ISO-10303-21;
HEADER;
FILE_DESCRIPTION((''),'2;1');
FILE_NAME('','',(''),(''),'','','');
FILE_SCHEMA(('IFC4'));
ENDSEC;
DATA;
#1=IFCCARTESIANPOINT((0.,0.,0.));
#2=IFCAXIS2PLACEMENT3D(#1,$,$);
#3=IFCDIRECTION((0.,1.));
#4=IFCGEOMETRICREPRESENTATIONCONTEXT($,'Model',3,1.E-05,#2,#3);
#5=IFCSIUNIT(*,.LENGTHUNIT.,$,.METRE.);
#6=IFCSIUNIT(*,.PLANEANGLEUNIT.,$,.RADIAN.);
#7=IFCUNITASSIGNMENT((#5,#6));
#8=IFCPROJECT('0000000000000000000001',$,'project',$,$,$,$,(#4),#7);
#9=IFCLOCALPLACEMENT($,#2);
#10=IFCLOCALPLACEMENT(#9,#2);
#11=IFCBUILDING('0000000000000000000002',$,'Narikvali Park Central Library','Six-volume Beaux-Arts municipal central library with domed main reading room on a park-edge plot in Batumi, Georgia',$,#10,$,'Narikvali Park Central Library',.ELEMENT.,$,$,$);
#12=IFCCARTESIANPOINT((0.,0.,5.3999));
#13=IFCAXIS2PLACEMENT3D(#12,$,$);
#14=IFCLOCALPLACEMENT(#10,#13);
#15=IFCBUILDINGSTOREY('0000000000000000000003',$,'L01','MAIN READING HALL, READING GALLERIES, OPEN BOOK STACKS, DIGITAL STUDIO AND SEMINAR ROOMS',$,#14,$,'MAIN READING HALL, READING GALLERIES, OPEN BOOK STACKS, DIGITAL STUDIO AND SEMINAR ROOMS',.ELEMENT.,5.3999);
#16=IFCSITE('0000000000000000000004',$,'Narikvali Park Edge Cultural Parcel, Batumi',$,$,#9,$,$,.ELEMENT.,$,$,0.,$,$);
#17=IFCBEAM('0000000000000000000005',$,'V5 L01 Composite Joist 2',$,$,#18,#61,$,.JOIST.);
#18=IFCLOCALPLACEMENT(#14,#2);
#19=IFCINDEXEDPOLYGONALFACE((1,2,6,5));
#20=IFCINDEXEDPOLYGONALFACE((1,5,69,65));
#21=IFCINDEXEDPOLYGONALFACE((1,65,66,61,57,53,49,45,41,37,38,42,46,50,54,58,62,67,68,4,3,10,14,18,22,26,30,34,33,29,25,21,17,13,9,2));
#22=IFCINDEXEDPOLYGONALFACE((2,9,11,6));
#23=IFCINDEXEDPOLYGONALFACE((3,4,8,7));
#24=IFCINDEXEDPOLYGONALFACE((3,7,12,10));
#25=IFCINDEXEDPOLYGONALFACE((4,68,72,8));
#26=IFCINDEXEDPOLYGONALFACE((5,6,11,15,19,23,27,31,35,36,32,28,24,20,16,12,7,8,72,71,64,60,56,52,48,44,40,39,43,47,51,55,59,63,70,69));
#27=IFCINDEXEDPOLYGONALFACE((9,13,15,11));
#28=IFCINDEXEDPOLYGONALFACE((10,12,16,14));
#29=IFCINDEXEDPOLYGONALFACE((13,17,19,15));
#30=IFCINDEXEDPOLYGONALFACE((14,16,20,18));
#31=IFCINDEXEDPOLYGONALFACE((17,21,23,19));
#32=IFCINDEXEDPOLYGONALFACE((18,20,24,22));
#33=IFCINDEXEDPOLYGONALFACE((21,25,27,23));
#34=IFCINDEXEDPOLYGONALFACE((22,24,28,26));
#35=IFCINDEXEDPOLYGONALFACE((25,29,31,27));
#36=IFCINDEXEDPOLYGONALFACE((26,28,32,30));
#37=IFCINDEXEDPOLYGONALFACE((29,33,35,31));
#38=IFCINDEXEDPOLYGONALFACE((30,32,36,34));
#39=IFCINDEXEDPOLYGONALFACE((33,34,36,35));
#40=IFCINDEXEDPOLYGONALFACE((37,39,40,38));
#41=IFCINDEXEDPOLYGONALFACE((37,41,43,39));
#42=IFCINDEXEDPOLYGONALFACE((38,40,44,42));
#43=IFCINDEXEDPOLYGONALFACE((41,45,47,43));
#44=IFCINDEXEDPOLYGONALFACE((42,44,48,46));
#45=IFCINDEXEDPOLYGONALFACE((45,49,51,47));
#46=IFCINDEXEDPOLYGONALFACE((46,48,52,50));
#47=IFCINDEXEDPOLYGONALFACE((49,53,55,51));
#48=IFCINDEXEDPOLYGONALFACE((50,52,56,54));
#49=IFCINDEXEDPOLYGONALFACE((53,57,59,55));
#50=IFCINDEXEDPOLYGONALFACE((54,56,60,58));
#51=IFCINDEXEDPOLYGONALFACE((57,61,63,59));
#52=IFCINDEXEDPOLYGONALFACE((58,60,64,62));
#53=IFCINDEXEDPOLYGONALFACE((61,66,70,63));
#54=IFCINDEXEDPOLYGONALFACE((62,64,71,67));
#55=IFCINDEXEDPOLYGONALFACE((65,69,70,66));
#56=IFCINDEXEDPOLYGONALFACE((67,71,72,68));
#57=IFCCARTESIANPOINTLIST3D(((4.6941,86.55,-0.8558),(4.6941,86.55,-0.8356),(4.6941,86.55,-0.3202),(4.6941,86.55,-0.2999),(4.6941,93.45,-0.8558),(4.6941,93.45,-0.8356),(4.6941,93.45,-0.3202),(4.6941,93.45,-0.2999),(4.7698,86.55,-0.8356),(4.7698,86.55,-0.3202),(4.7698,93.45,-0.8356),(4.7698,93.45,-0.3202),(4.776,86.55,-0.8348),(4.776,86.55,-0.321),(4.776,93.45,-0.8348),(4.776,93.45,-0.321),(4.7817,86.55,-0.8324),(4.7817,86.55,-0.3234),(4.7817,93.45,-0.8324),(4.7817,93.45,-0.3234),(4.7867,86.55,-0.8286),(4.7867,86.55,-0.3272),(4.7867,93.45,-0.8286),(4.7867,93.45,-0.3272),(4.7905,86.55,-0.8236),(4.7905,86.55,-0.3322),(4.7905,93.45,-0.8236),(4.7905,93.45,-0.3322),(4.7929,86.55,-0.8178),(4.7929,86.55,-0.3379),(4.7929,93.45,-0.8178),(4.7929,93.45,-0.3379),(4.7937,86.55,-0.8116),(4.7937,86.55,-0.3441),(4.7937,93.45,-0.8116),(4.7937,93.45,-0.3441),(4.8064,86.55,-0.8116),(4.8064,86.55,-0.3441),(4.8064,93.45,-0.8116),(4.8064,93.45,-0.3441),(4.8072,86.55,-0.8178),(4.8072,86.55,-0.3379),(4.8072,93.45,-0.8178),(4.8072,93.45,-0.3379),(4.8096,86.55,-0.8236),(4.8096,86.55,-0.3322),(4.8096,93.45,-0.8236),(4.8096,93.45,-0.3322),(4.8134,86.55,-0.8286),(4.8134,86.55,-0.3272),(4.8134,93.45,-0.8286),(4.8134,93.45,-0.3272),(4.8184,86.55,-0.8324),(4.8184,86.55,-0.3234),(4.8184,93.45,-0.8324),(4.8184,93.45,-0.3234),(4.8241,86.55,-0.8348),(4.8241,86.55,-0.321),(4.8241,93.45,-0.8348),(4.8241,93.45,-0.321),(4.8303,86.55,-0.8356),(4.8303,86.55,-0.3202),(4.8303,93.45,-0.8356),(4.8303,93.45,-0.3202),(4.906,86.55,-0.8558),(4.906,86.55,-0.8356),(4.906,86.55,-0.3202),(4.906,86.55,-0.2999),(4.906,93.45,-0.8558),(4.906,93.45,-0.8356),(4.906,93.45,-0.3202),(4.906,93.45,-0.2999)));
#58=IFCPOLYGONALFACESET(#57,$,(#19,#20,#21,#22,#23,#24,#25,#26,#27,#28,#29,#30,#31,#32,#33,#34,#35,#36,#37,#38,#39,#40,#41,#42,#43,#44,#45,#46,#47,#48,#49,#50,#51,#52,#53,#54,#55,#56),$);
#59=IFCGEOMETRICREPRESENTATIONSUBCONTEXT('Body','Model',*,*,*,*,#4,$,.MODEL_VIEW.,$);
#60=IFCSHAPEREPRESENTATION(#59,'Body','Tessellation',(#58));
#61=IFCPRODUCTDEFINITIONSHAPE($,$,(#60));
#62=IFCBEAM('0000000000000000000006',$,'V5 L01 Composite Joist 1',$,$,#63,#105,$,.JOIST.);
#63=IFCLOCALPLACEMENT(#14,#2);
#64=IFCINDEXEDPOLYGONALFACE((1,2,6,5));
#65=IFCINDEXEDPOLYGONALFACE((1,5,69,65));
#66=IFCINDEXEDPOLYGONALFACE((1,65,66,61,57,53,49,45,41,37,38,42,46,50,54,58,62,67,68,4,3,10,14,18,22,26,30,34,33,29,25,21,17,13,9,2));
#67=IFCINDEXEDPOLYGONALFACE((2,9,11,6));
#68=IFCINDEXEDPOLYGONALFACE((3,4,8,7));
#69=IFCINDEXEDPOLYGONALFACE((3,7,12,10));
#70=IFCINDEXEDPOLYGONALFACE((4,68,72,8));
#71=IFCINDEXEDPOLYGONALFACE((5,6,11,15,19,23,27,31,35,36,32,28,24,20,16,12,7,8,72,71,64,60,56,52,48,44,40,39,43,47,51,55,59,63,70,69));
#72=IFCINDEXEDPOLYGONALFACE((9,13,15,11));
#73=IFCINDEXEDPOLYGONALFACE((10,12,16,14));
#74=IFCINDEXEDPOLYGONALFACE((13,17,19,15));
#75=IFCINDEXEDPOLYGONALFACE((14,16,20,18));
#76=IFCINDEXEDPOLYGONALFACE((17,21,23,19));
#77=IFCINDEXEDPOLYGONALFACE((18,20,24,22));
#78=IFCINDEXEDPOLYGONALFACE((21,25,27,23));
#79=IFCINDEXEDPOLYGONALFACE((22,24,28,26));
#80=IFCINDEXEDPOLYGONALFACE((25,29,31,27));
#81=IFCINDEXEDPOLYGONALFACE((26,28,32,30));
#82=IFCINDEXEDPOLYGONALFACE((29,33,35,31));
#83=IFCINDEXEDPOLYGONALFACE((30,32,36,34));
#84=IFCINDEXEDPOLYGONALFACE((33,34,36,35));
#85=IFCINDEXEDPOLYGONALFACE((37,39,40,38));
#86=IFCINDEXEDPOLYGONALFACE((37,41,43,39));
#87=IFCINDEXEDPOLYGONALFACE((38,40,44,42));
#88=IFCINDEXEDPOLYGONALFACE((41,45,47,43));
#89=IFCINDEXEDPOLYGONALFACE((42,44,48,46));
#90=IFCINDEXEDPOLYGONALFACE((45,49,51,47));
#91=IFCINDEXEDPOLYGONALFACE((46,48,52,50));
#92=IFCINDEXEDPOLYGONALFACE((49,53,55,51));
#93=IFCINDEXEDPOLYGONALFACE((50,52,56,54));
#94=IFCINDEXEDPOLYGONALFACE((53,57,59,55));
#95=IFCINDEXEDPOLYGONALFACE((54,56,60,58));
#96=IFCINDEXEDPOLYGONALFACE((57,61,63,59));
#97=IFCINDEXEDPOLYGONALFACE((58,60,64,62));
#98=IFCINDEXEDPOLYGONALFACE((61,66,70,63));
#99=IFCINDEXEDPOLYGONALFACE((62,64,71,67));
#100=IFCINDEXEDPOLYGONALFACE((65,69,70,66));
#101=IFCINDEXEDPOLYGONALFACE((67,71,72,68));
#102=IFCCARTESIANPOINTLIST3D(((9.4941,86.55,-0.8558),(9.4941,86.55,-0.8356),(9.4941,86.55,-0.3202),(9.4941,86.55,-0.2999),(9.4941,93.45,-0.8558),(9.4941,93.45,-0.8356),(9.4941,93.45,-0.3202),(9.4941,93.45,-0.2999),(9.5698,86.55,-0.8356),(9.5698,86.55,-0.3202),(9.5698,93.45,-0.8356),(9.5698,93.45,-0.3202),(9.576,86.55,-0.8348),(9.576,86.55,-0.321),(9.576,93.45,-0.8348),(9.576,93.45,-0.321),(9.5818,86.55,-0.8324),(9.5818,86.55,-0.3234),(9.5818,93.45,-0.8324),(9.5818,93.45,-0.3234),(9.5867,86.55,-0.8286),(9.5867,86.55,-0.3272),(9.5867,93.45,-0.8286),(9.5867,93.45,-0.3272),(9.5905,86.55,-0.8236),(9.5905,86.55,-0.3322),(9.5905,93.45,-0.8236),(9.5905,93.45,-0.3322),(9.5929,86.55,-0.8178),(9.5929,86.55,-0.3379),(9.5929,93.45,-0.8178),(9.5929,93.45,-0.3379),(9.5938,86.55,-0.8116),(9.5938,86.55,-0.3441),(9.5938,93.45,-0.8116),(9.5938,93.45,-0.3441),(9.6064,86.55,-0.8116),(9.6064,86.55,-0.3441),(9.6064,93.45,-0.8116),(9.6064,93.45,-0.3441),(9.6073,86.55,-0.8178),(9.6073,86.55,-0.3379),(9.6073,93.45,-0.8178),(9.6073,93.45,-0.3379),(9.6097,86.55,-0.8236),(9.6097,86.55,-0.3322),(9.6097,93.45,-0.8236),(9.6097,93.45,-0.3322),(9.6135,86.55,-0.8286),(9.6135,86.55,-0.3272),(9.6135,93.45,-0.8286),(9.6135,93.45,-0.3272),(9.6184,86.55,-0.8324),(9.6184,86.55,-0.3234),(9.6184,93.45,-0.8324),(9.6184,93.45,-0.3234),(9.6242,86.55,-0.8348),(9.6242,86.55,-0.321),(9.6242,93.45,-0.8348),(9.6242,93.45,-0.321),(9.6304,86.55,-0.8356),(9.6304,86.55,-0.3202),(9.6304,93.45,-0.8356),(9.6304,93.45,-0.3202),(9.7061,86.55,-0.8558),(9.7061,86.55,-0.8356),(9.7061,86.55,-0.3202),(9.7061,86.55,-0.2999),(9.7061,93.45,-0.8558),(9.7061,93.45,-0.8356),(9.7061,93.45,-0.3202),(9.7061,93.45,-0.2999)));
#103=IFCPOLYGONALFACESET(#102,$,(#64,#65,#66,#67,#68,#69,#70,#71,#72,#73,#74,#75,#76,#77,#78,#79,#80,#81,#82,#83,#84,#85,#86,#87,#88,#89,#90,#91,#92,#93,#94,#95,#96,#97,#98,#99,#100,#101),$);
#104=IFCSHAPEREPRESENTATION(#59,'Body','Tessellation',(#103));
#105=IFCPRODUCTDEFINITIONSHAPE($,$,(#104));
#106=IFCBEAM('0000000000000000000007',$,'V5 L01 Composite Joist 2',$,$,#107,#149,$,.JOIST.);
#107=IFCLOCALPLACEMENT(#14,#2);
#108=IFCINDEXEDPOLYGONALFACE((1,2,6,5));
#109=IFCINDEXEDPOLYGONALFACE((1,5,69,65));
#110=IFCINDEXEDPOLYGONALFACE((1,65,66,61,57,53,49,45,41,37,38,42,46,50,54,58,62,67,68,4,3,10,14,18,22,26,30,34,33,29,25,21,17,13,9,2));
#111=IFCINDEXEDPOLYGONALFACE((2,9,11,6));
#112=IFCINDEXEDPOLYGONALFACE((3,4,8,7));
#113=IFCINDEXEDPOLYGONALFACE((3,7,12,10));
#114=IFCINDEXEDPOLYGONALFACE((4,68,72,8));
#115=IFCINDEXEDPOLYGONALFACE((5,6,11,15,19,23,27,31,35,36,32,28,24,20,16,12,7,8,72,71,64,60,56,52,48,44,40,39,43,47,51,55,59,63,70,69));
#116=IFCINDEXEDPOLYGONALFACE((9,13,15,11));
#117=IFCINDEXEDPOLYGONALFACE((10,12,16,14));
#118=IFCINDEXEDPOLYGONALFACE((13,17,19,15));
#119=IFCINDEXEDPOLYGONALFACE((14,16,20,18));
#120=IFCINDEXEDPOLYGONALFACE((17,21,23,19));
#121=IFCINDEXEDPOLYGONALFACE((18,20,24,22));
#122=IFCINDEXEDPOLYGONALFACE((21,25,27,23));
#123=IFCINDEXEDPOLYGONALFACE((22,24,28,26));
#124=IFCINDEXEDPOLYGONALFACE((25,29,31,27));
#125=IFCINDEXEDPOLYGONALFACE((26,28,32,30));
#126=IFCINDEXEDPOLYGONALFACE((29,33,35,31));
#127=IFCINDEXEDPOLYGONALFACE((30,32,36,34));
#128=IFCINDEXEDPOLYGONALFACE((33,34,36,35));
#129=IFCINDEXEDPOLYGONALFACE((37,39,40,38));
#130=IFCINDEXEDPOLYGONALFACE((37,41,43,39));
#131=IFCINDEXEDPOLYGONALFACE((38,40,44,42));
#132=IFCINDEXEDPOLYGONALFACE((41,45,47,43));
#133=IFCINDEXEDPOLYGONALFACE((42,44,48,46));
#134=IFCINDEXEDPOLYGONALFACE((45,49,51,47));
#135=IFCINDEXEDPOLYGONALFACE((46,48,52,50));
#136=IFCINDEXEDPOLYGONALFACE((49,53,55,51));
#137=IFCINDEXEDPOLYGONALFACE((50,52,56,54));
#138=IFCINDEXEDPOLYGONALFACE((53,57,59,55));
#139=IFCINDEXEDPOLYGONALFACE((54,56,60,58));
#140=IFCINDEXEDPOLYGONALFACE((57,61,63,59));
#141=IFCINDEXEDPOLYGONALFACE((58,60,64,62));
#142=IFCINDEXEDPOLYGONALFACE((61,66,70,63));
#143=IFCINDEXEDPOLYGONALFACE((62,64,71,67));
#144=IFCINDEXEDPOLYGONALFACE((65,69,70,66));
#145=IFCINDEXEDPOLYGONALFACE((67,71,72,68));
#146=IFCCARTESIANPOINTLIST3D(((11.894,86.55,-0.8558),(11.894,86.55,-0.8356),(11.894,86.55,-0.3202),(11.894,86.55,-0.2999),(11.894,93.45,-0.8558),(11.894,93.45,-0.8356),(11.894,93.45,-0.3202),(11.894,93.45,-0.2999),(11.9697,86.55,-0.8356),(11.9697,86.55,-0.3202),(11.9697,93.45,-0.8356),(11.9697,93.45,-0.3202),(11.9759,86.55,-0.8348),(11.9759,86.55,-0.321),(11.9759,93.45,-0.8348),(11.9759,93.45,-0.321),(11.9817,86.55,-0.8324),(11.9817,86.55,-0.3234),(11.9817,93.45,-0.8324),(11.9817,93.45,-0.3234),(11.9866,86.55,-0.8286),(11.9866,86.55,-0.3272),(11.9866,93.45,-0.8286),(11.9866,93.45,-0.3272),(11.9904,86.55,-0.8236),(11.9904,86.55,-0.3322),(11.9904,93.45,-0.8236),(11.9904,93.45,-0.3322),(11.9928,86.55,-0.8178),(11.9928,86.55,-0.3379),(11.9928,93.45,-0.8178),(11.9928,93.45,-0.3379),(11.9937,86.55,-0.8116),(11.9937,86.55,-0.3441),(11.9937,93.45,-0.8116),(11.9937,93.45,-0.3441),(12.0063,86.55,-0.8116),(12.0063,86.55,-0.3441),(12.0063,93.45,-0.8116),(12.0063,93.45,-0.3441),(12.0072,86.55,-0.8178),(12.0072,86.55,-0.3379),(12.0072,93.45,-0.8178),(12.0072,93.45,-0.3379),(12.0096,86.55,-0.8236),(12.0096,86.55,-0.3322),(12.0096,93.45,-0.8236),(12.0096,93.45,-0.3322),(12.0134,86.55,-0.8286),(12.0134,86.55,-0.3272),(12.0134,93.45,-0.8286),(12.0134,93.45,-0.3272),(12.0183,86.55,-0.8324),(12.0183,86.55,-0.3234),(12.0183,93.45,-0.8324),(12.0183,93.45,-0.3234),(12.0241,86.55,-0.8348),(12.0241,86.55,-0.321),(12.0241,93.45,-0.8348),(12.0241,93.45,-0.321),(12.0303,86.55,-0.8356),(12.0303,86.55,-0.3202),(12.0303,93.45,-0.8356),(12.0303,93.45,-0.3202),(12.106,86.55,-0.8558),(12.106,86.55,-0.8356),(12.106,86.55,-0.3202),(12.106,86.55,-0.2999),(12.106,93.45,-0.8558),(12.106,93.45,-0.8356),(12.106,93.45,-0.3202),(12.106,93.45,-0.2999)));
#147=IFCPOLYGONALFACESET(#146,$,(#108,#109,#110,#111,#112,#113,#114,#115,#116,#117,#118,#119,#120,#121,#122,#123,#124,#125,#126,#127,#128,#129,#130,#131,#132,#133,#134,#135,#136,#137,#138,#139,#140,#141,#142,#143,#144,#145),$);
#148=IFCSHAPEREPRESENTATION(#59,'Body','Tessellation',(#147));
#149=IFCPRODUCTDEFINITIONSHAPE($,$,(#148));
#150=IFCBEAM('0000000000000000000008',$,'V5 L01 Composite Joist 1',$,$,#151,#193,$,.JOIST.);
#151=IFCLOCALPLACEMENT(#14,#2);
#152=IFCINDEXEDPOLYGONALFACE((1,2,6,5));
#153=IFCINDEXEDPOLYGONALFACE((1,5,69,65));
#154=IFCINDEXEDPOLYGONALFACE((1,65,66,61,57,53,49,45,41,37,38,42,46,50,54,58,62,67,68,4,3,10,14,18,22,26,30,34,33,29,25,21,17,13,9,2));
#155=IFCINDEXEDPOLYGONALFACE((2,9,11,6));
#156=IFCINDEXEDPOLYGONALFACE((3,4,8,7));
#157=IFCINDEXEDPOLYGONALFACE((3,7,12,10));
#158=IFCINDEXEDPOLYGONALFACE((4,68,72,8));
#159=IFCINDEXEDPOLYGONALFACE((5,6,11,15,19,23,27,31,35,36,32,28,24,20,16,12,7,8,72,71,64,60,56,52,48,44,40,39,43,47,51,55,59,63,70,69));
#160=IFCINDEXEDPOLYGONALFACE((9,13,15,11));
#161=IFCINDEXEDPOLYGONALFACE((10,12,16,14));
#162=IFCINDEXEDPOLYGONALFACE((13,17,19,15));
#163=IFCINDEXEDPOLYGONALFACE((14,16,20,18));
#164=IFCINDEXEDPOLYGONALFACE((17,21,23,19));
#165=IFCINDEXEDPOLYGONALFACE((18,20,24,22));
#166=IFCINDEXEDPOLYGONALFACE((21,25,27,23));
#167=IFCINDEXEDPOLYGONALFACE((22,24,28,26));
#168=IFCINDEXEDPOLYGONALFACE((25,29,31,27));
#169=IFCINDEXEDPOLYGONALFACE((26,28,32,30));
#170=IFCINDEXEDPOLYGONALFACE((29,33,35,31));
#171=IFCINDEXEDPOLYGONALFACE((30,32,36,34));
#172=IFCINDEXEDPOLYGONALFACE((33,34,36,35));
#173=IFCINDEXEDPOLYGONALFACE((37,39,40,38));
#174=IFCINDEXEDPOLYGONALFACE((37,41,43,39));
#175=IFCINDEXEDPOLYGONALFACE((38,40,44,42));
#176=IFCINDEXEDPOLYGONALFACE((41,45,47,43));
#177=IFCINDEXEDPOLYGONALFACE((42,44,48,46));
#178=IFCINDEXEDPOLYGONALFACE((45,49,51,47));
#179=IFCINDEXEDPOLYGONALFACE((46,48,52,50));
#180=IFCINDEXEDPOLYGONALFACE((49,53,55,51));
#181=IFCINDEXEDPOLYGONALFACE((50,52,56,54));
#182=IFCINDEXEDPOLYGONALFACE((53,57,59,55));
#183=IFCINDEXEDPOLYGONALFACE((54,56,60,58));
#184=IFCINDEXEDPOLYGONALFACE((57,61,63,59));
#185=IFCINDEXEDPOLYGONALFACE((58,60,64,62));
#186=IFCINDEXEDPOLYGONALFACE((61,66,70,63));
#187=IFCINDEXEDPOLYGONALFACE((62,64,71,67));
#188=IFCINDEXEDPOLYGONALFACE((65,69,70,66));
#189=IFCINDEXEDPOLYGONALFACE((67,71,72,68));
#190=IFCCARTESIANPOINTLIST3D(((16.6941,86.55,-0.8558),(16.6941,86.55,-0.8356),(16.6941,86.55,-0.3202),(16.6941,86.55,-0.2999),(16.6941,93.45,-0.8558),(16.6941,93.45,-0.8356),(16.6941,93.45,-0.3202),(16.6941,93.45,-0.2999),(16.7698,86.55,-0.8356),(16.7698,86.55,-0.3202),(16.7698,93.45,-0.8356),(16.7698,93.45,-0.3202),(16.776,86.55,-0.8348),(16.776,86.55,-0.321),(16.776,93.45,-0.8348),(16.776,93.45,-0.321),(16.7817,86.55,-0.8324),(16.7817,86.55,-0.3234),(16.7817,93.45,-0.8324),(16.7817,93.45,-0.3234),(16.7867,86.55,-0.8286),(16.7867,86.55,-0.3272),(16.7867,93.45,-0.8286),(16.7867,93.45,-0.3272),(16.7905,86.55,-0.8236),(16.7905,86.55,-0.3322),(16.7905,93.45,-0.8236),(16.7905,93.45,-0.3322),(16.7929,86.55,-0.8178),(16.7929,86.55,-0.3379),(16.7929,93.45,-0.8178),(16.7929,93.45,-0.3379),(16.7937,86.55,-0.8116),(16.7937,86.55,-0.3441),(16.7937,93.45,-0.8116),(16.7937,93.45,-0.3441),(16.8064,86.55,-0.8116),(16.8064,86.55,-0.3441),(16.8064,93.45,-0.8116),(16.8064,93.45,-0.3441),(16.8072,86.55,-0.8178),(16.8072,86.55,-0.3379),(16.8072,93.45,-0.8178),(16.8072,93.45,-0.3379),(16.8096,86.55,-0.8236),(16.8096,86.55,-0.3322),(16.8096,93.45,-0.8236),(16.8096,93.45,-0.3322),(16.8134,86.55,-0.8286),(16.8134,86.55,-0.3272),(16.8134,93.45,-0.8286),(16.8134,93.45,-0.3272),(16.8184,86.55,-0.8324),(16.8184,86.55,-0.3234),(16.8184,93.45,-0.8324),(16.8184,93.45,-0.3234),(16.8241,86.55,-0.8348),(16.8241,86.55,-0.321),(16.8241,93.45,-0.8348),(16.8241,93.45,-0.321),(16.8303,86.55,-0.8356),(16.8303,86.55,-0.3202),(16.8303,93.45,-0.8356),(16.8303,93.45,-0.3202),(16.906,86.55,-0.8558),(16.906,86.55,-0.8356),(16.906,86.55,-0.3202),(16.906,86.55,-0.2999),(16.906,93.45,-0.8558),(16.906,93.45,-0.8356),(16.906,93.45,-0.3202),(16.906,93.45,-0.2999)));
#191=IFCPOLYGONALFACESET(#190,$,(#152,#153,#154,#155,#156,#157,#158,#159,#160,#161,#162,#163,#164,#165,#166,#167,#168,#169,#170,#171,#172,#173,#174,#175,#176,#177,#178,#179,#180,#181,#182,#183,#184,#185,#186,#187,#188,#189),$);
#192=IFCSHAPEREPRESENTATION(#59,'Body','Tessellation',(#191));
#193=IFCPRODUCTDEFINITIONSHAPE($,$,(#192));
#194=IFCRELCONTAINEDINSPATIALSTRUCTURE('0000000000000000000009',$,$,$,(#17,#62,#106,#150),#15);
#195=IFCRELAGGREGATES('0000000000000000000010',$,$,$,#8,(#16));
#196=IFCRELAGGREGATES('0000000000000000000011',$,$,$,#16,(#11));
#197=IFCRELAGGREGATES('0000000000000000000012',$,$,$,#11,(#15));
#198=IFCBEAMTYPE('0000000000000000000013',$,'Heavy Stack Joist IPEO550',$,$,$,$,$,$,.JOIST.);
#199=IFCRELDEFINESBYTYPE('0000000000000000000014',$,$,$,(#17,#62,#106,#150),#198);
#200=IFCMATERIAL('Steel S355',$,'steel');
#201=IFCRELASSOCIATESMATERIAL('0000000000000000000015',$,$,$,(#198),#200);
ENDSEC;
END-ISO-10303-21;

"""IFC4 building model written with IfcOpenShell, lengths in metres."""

from ifc_helpers import new_model, si_unit, direction, frame, origin, origin_2d, place, context, subcontext, project, spatial, i_section, extrude, material, material_profile, profile_set, type_object, element, save


model = new_model("IFC4")

# Units and contexts
model_context = context("Model", 3, precision=1e-05, world=origin(), true_north=direction((0.0, 1.0)))
body_context = subcontext(model_context, "Body", "Model", "MODEL_VIEW")
ifc_project = project(units=[si_unit("LENGTHUNIT", "METRE"), si_unit("PLANEANGLEUNIT", "RADIAN")], contexts=[model_context])

# Site, building, storey
site_placement = place(None, origin())
site = spatial("IfcSite", under=ifc_project, at=site_placement, Name="Narikvali Park Edge Cultural Parcel, Batumi", CompositionType="ELEMENT", RefElevation=0.0)
building_placement = place(site_placement, origin())
building = spatial("IfcBuilding", under=site, at=building_placement, Name="Narikvali Park Central Library", Description="Six-volume Beaux-Arts municipal central library with domed main reading room on a park-edge plot in Batumi, Georgia", LongName="Narikvali Park Central Library", CompositionType="ELEMENT")
storey_placement = place(building_placement, frame((0.0, 0.0, 5.3999)))
storey = spatial("IfcBuildingStorey", under=building, at=storey_placement, Name="L01", Description="MAIN READING HALL, READING GALLERIES, OPEN BOOK STACKS, DIGITAL STUDIO AND SEMINAR ROOMS", LongName="MAIN READING HALL, READING GALLERIES, OPEN BOOK STACKS, DIGITAL STUDIO AND SEMINAR ROOMS", CompositionType="ELEMENT", Elevation=5.3999)

# Shared definitions
ifc_material_1 = material(Name="Steel S355", Category="steel")

# Beams
ifc_material_profile_1 = material_profile(ifc_material_1, i_section(OverallWidth=0.2119, OverallDepth=0.5559, WebThickness=0.0127, FlangeThickness=0.0203, FilletRadius=0.0239, at=origin_2d()), Name="IPEO 550")
ifc_profile_set_1 = profile_set([ifc_material_profile_1], Name="Steel S355")
beam_type_1 = type_object("IfcBeamType", Name="Heavy Stack Joist IPEO550", PredefinedType="JOIST", material=ifc_profile_set_1)
for number, where, z_axis, x_axis, name in (
    (1, (4.8, 86.55, -0.5779), (0.0, 1.0, 0.0), (-1.0, 0.0, 0.0), "V5 L01 Composite Joist 2"),
    (2, (9.6001, 86.55, -0.5779), (0.0, 1.0, 0.0), (-1.0, 0.0, 0.0), "V5 L01 Composite Joist 1"),
    (3, (12.0, 86.55, -0.5779), (0.0, 1.0, 0.0), (-1.0, 0.0, 0.0), "V5 L01 Composite Joist 2"),
    (4, (16.8, 86.55, -0.5779), (0.0, 1.0, 0.0), (-1.0, 0.0, 0.0), "V5 L01 Composite Joist 1"),
):
    element("IfcBeam", number, at=place(storey_placement, frame(where, z_axis=z_axis, x_axis=x_axis)), inside=storey, type_object=beam_type_1, Name=name, PredefinedType="JOIST", context=body_context, shape_type="SweptSolid", body=[
        extrude(i_section(OverallWidth=0.2119, OverallDepth=0.5559, WebThickness=0.0127, FlangeThickness=0.0203, FilletRadius=0.0239, at=origin_2d()), origin(), (0.0, 0.0, 1.0), 6.8999),
    ])

save(model, "model.ifc")
